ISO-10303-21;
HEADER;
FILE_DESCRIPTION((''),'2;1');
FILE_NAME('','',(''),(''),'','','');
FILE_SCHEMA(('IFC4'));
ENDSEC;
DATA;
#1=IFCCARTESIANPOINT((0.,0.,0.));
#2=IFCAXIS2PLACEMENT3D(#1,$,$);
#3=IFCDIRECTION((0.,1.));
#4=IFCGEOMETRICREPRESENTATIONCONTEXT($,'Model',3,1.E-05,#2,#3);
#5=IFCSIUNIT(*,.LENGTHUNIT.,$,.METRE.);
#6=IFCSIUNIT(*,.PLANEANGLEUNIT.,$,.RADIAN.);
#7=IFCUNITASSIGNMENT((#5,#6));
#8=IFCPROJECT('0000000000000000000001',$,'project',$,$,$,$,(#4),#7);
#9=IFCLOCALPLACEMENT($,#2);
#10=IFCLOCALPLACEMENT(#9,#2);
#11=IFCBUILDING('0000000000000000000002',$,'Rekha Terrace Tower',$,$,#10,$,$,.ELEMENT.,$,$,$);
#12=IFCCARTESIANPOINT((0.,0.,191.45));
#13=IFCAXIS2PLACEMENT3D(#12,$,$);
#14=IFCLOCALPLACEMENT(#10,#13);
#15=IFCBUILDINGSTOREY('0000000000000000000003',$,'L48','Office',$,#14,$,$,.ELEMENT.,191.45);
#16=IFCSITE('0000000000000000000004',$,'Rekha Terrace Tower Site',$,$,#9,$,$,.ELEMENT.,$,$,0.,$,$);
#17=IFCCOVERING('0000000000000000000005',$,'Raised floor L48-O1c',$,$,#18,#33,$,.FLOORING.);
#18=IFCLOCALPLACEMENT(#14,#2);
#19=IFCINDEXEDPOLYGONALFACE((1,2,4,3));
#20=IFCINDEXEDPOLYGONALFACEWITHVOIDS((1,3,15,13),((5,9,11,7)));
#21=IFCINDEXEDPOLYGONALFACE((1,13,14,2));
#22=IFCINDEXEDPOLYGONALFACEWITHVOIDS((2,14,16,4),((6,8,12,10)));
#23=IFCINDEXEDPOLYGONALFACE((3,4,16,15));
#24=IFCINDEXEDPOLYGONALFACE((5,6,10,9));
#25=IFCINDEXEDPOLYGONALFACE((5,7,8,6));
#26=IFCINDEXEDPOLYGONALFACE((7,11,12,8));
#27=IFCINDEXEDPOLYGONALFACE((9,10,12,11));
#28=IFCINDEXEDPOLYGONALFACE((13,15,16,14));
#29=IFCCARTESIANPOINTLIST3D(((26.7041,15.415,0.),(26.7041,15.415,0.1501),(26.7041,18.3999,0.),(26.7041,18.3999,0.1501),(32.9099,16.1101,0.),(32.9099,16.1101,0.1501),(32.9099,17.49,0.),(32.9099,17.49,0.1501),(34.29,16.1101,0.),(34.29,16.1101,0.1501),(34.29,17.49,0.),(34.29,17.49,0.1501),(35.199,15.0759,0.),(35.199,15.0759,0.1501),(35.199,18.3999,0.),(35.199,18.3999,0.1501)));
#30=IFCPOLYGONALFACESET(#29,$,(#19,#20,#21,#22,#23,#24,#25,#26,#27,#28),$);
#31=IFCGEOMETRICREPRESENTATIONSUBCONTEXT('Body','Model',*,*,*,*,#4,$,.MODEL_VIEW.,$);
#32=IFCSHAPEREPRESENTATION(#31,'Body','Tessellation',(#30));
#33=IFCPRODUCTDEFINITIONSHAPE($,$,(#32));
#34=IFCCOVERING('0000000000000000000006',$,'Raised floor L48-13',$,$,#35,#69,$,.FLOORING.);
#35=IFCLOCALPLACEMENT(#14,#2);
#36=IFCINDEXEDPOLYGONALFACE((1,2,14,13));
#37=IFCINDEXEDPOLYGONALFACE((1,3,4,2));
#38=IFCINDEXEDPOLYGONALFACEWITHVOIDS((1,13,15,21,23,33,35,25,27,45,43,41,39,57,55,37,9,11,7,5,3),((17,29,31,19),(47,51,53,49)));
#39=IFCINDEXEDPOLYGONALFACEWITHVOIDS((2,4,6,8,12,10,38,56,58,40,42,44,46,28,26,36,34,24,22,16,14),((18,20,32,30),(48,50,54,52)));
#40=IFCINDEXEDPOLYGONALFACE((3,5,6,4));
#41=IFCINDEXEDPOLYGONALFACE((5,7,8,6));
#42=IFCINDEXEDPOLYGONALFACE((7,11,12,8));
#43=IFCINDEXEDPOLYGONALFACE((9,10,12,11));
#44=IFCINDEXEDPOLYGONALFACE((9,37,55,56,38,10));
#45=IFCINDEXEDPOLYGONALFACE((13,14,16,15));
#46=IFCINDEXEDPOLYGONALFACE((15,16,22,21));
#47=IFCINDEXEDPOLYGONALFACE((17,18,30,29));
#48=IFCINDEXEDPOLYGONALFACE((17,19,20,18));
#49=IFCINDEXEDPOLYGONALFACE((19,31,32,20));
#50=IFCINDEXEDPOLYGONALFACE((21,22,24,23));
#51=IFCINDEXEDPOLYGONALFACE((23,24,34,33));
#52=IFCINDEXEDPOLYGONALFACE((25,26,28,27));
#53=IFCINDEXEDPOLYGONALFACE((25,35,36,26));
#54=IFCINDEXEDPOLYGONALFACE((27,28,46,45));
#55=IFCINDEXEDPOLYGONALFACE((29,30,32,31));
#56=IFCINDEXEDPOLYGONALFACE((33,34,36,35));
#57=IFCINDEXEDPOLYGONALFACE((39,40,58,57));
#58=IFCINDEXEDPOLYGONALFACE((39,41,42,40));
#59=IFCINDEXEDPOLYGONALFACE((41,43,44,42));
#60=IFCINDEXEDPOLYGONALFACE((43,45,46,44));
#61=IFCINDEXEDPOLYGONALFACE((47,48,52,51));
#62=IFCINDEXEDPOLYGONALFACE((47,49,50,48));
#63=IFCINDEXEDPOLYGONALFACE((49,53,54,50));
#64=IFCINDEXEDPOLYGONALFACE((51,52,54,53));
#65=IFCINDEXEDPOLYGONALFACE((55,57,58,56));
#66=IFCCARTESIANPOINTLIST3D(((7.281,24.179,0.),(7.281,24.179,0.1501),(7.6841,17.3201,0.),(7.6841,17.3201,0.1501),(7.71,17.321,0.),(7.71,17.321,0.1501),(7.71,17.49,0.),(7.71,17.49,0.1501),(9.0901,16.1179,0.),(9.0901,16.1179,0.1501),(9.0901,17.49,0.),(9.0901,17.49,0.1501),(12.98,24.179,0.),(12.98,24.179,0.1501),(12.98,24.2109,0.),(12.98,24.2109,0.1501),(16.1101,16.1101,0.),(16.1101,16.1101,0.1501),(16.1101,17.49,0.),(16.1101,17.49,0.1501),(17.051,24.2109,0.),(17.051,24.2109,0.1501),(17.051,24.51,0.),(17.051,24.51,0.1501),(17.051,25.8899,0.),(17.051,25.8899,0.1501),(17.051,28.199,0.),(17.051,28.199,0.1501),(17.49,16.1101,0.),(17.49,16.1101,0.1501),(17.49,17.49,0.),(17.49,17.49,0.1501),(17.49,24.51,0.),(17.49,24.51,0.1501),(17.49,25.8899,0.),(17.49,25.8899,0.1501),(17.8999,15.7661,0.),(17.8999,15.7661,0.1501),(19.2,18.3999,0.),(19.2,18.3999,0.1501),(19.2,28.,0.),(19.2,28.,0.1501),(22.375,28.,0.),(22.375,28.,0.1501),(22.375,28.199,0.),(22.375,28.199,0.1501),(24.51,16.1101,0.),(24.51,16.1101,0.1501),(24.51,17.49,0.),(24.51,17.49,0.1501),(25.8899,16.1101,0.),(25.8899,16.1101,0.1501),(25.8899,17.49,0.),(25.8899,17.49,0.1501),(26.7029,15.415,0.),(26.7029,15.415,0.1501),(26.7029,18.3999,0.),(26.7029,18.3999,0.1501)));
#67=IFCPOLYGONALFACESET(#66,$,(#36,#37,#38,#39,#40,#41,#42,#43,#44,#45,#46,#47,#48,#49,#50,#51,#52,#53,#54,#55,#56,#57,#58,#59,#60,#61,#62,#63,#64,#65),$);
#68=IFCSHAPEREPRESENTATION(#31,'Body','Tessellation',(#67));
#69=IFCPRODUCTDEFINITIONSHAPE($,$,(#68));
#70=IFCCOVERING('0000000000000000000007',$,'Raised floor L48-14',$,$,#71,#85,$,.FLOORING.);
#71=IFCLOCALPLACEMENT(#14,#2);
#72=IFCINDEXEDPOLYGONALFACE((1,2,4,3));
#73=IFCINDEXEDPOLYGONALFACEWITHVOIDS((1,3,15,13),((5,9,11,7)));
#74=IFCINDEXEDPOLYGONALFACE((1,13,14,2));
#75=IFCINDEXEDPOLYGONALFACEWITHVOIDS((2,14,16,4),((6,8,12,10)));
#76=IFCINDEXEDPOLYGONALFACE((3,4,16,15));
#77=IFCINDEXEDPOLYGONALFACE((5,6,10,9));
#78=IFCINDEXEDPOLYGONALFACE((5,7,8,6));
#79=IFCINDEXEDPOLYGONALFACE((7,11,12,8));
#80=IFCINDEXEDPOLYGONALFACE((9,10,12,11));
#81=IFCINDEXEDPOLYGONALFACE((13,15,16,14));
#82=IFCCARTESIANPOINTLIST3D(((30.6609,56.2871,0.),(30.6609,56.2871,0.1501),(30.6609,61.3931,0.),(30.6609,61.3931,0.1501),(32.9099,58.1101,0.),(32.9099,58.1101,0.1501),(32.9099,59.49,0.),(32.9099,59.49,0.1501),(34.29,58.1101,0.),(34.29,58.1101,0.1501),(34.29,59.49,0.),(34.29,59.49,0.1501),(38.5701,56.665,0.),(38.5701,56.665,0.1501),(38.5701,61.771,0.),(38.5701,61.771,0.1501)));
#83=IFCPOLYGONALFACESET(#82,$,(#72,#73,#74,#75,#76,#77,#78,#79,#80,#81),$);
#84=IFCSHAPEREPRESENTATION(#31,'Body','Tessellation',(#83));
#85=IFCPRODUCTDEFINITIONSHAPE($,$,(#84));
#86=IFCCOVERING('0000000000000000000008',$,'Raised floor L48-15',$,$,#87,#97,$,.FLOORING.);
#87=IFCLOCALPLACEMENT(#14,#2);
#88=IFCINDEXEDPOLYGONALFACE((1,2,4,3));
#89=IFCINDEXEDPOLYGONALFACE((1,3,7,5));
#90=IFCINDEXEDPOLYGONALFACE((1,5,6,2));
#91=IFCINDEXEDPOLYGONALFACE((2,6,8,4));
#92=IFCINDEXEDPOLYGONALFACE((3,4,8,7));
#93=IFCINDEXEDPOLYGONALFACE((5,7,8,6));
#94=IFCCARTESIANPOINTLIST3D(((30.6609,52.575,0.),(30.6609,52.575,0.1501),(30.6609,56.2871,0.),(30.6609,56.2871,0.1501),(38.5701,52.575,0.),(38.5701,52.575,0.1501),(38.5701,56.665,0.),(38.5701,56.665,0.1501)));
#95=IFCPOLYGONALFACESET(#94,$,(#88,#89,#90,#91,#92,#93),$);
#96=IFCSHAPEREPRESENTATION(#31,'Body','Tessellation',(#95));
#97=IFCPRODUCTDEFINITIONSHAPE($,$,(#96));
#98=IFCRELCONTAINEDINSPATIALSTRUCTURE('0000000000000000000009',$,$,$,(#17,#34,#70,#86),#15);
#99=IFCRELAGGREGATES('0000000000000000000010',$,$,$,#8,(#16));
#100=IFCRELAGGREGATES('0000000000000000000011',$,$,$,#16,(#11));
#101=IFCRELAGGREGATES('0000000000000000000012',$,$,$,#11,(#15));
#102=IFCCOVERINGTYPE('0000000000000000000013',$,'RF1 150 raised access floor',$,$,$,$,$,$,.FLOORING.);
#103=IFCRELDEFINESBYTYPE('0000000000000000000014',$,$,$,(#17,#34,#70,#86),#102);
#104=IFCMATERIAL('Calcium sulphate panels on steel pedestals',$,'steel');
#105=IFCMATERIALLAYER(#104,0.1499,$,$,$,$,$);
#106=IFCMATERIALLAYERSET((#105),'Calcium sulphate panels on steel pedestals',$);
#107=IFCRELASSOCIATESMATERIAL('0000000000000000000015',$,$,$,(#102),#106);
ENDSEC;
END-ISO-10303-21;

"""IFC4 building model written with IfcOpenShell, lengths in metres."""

from ifc_helpers import new_model, si_unit, direction, frame, origin, place, context, subcontext, project, spatial, polyline, outline, extrude, material, layer, layer_set, type_object, element, save


model = new_model("IFC4")

# Units and contexts
model_context = context("Model", 3, precision=1e-05, world=origin(), true_north=direction((0.0, 1.0)))
body_context = subcontext(model_context, "Body", "Model", "MODEL_VIEW")
ifc_project = project(units=[si_unit("LENGTHUNIT", "METRE"), si_unit("PLANEANGLEUNIT", "RADIAN")], contexts=[model_context])

# Site, building, storey
site_placement = place(None, origin())
site = spatial("IfcSite", under=ifc_project, at=site_placement, Name="Rekha Terrace Tower Site", CompositionType="ELEMENT", RefElevation=0.0)
building_placement = place(site_placement, origin())
building = spatial("IfcBuilding", under=site, at=building_placement, Name="Rekha Terrace Tower", CompositionType="ELEMENT")
storey_placement = place(building_placement, frame((0.0, 0.0, 191.45)))
storey = spatial("IfcBuildingStorey", under=building, at=storey_placement, Name="L48", Description="Office", CompositionType="ELEMENT", Elevation=191.45)

# Coverings
ifc_material_1 = material(Name="Calcium sulphate panels on steel pedestals", Category="steel")
ifc_layer_1 = layer(ifc_material_1, 0.1499)
ifc_layer_set_1 = layer_set([ifc_layer_1], Name="Calcium sulphate panels on steel pedestals")
covering_type_1 = type_object("IfcCoveringType", Name="RF1 150 raised access floor", PredefinedType="FLOORING", material=ifc_layer_set_1)
covering_1_placement = place(storey_placement, origin())
element("IfcCovering", 1, at=covering_1_placement, inside=storey, type_object=covering_type_1, Name="Raised floor L48-O1c", PredefinedType="FLOORING", context=body_context, shape_type="SweptSolid", body=[
    extrude(outline(polyline([(26.7041, 15.415), (35.199, 15.0759), (35.199, 18.3999), (26.7041, 18.3999), (26.7041, 15.415)]), holes=[polyline([(34.29, 16.1101), (32.9099, 16.1101), (32.9099, 17.49), (34.29, 17.49), (34.29, 16.1101)])]), origin(), (0.0, 0.0, 1.0), 0.1501),
])
covering_2_placement = place(storey_placement, origin())
element("IfcCovering", 2, at=covering_2_placement, inside=storey, type_object=covering_type_1, Name="Raised floor L48-13", PredefinedType="FLOORING", context=body_context, shape_type="SweptSolid", body=[
    extrude(outline(polyline([(17.49, 24.51), (17.051, 24.51), (17.051, 24.2109), (12.98, 24.2109), (12.98, 24.179), (7.281, 24.179), (7.6841, 17.3201), (7.71, 17.321), (7.71, 17.49), (9.0901, 17.49), (9.0901, 16.1179), (17.8999, 15.7661), (26.7029, 15.415), (26.7029, 18.3999), (19.2, 18.3999), (19.2, 28.0), (22.375, 28.0), (22.375, 28.199), (17.051, 28.199), (17.051, 25.8899), (17.49, 25.8899), (17.49, 24.51)]), holes=[polyline([(25.8899, 17.49), (25.8899, 16.1101), (24.51, 16.1101), (24.51, 17.49), (25.8899, 17.49)]), polyline([(17.49, 17.49), (17.49, 16.1101), (16.1101, 16.1101), (16.1101, 17.49), (17.49, 17.49)])]), origin(), (0.0, 0.0, 1.0), 0.1501),
])
covering_3_placement = place(storey_placement, origin())
element("IfcCovering", 3, at=covering_3_placement, inside=storey, type_object=covering_type_1, Name="Raised floor L48-14", PredefinedType="FLOORING", context=body_context, shape_type="SweptSolid", body=[
    extrude(outline(polyline([(30.6609, 56.2871), (38.5701, 56.665), (38.5701, 61.771), (30.6609, 61.3931), (30.6609, 56.2871)]), holes=[polyline([(34.29, 58.1101), (32.9099, 58.1101), (32.9099, 59.49), (34.29, 59.49), (34.29, 58.1101)])]), origin(), (0.0, 0.0, 1.0), 0.1501),
])
covering_4_placement = place(storey_placement, origin())
element("IfcCovering", 4, at=covering_4_placement, inside=storey, type_object=covering_type_1, Name="Raised floor L48-15", PredefinedType="FLOORING", context=body_context, shape_type="SweptSolid", body=[
    extrude(outline(polyline([(30.6609, 52.575), (38.5701, 52.575), (38.5701, 56.665), (30.6609, 56.2871), (30.6609, 52.575)])), origin(), (0.0, 0.0, 1.0), 0.1501),
])

save(model, "model.ifc")
